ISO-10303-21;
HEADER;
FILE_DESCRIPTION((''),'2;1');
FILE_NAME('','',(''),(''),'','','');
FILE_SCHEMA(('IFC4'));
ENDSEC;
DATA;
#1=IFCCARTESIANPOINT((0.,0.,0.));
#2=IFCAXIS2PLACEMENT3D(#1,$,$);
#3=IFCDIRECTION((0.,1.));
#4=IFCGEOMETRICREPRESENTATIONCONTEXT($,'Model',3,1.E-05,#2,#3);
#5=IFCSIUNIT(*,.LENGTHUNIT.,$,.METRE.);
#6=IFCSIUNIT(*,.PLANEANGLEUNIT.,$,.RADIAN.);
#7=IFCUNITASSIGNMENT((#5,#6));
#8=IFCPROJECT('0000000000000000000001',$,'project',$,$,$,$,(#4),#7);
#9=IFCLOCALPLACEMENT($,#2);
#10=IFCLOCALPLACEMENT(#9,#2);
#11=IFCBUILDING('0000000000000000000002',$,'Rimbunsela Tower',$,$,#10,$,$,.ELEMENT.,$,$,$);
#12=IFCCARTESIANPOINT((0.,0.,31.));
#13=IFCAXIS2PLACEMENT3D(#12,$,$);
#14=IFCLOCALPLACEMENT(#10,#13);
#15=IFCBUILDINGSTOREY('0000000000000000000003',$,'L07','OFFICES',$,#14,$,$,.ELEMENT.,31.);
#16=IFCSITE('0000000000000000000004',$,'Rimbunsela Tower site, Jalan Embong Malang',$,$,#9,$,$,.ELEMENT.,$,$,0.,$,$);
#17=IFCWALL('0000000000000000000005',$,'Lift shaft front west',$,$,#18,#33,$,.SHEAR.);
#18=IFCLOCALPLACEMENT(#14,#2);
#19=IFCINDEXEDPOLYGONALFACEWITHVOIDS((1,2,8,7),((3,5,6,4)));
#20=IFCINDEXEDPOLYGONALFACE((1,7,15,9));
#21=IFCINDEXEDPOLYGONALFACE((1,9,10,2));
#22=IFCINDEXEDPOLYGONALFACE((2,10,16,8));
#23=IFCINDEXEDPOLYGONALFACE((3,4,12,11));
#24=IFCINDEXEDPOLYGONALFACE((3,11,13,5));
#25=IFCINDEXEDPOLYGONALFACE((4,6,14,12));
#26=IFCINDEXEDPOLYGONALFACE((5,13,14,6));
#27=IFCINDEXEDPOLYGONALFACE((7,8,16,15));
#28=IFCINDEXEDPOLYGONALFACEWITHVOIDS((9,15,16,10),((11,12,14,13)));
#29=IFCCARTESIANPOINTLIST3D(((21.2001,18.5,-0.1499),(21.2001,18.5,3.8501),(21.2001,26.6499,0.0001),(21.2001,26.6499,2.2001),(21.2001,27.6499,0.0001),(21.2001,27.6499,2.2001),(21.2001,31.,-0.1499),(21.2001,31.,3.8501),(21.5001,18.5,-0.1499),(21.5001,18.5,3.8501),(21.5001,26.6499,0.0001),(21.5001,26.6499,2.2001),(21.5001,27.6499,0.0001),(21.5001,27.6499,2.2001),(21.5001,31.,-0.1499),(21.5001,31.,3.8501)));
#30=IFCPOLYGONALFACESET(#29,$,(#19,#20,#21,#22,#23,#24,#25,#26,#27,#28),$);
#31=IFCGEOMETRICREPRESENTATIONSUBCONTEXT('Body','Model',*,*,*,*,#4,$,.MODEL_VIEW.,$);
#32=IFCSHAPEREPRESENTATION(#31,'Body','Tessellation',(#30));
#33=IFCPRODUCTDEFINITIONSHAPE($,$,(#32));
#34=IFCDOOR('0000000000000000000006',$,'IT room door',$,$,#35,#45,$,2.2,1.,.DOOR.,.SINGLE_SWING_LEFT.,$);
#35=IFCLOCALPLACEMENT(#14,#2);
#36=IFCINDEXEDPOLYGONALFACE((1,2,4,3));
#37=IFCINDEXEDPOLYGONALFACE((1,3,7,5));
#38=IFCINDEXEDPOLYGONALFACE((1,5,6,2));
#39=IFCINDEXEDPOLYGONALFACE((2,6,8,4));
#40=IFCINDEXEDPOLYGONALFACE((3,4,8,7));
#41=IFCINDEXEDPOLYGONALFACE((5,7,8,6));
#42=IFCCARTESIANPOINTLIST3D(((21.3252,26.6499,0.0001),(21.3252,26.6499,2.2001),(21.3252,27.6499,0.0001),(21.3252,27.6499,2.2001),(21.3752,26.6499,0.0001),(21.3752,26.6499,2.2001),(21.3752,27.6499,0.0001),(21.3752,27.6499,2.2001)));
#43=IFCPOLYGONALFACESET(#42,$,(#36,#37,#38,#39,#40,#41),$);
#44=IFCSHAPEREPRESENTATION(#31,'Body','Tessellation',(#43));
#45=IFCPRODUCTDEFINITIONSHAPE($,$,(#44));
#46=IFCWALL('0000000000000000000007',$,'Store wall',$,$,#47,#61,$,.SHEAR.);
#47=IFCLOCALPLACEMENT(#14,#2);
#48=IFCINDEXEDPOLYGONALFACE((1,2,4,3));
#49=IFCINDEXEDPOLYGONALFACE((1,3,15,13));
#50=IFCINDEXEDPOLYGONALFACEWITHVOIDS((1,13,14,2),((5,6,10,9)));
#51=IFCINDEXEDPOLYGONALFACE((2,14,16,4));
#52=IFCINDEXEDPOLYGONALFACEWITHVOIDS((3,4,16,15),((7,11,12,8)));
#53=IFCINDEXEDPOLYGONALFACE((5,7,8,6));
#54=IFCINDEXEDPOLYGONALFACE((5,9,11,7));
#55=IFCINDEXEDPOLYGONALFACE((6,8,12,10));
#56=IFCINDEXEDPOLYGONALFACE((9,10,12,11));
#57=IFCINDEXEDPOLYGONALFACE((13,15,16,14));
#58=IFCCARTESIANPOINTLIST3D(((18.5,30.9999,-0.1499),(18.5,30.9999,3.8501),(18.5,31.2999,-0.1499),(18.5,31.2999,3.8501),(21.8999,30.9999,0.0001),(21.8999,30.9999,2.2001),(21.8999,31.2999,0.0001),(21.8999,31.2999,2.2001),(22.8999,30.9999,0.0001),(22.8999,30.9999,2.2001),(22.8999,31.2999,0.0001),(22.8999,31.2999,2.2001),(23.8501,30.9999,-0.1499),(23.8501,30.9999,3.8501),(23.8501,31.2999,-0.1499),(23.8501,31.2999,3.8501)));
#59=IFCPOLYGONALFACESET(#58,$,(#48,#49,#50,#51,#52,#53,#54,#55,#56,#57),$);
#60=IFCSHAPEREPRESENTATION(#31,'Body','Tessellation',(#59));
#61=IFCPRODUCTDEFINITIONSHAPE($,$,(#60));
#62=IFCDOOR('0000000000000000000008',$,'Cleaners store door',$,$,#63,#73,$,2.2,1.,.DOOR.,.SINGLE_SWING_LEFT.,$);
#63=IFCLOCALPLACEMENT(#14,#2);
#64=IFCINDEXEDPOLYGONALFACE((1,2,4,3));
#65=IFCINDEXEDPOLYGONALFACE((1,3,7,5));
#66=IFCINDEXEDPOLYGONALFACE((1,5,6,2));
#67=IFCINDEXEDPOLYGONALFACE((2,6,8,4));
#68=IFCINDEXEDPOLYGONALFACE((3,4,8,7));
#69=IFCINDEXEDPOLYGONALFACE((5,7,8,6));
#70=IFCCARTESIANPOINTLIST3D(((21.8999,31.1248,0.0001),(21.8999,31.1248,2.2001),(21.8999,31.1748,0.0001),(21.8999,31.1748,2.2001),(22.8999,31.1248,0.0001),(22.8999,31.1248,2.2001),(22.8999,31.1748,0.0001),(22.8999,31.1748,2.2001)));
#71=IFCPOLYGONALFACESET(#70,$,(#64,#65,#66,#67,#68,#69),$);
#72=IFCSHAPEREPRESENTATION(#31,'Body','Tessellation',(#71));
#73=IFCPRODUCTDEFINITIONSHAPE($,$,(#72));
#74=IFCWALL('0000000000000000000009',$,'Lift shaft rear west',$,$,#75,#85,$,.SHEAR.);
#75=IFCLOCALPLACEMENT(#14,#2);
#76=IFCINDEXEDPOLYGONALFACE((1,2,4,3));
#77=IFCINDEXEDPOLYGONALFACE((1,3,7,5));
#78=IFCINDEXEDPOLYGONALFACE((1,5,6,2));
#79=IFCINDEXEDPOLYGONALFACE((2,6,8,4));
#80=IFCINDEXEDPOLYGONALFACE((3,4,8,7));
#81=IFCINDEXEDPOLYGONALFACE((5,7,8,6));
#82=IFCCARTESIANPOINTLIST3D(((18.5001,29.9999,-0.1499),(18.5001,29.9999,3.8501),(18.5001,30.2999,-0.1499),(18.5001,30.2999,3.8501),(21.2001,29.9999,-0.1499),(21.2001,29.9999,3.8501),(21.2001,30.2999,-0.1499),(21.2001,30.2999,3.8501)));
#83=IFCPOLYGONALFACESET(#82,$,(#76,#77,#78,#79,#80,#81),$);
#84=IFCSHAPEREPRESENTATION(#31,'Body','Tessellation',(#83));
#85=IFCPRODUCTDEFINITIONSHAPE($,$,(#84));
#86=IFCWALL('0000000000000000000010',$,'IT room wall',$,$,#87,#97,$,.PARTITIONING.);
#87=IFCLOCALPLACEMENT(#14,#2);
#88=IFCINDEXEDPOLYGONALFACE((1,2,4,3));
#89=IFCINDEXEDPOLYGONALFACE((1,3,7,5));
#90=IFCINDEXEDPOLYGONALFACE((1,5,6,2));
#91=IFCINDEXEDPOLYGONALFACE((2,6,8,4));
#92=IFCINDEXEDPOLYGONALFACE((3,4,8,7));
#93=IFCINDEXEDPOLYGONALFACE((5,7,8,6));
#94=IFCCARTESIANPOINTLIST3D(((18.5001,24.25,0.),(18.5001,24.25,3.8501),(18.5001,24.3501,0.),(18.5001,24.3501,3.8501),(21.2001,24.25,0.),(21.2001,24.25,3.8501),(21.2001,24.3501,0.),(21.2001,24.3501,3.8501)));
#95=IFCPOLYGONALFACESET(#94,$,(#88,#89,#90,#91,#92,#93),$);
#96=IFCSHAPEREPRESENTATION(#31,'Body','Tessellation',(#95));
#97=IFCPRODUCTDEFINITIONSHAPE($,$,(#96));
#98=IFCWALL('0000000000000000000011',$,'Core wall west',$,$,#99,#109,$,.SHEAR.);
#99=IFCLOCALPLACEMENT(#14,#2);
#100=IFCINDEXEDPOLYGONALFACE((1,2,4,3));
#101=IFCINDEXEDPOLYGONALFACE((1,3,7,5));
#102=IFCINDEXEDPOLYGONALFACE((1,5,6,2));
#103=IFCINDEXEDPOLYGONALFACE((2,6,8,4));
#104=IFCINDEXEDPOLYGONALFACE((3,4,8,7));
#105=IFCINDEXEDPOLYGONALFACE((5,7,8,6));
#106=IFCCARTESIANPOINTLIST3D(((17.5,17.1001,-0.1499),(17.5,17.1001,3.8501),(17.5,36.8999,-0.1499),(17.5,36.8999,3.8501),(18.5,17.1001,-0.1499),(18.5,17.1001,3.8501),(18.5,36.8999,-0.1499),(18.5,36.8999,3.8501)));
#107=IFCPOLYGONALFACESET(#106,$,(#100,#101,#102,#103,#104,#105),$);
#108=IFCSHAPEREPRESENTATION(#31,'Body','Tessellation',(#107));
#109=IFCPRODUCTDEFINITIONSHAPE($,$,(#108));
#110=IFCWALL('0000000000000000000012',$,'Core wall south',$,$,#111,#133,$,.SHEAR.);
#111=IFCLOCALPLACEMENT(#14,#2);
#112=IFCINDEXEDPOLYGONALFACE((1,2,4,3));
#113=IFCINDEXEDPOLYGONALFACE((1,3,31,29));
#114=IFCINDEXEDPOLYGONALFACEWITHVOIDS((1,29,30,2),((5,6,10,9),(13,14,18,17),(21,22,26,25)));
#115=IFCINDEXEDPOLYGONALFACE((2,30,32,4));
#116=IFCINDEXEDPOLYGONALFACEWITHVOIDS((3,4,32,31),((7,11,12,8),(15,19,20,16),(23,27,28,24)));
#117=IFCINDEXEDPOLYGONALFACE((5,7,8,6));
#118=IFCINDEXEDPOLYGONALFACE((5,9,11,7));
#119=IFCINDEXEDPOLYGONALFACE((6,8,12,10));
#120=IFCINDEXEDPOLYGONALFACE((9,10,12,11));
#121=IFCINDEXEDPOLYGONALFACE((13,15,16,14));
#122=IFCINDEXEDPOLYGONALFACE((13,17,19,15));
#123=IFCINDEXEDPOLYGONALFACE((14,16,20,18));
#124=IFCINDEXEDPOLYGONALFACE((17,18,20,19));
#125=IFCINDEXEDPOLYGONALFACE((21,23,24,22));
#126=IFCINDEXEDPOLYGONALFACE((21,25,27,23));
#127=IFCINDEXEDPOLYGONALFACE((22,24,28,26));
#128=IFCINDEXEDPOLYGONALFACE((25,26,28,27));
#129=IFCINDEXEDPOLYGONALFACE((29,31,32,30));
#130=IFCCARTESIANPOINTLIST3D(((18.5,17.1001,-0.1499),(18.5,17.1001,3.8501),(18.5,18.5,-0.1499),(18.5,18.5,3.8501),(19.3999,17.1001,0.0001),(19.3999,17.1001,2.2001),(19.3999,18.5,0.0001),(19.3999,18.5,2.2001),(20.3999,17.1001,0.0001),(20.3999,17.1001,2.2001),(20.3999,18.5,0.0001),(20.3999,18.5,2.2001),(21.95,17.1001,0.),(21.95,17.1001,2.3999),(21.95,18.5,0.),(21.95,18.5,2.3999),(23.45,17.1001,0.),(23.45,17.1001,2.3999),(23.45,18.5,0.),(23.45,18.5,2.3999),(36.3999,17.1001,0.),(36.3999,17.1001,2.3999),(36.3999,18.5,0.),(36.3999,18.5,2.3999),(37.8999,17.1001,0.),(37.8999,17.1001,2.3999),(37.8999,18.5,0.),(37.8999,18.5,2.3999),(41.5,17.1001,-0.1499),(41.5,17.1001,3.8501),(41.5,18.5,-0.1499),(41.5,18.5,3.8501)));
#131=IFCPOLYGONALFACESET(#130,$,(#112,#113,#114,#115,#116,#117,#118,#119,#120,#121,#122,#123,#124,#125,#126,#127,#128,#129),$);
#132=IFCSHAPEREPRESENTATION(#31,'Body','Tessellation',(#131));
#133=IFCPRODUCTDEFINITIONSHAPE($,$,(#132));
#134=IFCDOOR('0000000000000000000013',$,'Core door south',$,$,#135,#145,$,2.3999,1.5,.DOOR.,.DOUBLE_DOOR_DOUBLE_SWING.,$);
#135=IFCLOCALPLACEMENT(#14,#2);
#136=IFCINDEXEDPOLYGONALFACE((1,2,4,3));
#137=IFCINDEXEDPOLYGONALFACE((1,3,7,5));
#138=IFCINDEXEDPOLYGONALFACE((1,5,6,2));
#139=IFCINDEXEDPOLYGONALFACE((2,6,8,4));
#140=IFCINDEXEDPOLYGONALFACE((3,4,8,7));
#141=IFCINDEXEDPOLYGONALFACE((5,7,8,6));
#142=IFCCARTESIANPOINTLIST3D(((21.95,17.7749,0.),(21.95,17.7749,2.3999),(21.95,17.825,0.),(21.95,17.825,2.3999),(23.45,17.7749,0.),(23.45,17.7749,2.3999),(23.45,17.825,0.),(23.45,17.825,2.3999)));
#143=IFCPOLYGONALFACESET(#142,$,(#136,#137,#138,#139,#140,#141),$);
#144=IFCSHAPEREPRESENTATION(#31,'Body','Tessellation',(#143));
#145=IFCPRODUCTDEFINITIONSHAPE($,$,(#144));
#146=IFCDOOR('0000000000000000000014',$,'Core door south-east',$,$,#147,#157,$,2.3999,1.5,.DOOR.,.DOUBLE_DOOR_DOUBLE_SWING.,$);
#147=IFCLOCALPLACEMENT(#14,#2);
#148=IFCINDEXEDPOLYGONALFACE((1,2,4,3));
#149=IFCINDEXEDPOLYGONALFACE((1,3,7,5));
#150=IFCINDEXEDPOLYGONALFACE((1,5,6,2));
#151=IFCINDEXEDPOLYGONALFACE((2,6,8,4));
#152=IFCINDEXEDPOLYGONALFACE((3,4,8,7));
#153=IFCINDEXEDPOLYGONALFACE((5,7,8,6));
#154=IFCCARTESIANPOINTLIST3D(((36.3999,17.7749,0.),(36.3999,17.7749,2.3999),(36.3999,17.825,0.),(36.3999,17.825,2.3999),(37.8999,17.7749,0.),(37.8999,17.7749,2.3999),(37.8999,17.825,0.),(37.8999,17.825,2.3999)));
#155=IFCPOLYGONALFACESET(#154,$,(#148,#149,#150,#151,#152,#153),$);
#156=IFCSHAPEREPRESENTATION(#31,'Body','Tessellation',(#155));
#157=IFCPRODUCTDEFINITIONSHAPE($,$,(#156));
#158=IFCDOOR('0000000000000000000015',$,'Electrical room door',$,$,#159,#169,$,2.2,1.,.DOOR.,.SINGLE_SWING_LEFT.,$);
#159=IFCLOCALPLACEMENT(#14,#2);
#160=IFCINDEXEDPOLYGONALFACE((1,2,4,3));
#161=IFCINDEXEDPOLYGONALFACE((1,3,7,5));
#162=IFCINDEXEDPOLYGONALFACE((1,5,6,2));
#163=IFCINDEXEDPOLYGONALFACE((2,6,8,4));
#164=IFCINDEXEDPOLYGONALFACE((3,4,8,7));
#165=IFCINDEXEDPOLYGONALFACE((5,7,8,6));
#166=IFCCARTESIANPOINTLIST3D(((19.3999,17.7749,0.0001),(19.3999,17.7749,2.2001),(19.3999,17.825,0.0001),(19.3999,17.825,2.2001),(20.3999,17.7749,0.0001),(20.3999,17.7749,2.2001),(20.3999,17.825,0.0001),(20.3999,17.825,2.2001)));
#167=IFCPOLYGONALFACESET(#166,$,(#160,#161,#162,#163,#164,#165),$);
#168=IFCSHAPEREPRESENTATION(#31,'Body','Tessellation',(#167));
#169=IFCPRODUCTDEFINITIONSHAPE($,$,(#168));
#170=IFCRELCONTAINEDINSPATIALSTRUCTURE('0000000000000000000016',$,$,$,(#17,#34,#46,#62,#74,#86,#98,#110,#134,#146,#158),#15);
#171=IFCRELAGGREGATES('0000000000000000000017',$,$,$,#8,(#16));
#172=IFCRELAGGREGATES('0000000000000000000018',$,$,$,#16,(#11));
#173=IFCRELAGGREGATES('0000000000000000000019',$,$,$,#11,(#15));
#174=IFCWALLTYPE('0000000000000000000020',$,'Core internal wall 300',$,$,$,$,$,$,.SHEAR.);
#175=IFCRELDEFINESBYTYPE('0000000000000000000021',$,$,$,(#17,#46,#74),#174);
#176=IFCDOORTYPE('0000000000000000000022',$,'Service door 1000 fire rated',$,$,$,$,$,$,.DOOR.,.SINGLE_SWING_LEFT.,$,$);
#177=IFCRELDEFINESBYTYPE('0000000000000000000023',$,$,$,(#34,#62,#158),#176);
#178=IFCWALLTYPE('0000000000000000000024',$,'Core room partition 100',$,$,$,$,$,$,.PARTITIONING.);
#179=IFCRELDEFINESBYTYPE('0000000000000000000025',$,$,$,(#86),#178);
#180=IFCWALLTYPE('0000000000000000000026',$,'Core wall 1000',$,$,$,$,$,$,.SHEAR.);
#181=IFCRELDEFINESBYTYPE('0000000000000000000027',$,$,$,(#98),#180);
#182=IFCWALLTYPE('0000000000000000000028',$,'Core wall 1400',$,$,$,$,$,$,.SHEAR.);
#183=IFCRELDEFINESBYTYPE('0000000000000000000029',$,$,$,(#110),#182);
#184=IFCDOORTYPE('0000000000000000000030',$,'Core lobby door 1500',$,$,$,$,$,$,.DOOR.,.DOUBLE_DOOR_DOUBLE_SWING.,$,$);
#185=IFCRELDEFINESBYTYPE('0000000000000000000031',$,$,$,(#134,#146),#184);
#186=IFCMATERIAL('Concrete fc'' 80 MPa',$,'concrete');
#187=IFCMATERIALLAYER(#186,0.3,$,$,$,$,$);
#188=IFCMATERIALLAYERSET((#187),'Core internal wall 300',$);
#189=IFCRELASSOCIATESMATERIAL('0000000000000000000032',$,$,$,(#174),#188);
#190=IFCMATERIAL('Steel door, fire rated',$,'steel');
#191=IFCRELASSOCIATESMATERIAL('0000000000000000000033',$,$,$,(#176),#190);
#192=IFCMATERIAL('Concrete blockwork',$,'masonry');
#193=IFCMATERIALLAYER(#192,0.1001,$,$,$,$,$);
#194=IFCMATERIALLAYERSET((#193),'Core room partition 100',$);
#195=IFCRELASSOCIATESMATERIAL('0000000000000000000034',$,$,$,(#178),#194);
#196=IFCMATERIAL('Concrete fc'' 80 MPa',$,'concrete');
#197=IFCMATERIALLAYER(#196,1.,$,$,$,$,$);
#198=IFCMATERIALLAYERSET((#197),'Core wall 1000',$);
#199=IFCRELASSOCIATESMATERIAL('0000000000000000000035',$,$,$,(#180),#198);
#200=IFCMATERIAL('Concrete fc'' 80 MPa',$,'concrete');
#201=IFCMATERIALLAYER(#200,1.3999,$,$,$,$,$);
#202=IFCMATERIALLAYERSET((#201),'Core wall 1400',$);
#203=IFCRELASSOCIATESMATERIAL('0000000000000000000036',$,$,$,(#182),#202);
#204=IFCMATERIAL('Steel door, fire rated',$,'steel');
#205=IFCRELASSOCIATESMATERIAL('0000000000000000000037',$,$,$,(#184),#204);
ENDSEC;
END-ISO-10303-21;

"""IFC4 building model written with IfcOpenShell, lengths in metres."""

from ifc_helpers import new_model, si_unit, direction, frame, frame_2d, origin, place, context, subcontext, project, spatial, rectangle, extrude, material, layer, layer_set, type_object, element, fill, save


model = new_model("IFC4")

# Units and contexts
model_context = context("Model", 3, precision=1e-05, world=origin(), true_north=direction((0.0, 1.0)))
body_context = subcontext(model_context, "Body", "Model", "MODEL_VIEW")
ifc_project = project(units=[si_unit("LENGTHUNIT", "METRE"), si_unit("PLANEANGLEUNIT", "RADIAN")], contexts=[model_context])

# Site, building, storey
site_placement = place(None, origin())
site = spatial("IfcSite", under=ifc_project, at=site_placement, Name="Rimbunsela Tower site, Jalan Embong Malang", CompositionType="ELEMENT", RefElevation=0.0)
building_placement = place(site_placement, origin())
building = spatial("IfcBuilding", under=site, at=building_placement, Name="Rimbunsela Tower", CompositionType="ELEMENT")
storey_placement = place(building_placement, frame((0.0, 0.0, 31.0)))
storey = spatial("IfcBuildingStorey", under=building, at=storey_placement, Name="L07", Description="OFFICES", CompositionType="ELEMENT", Elevation=31.0)

# Walls, openings, doors
ifc_material_1 = material(Name="Concrete fc' 80 MPa", Category="concrete")
ifc_layer_1 = layer(ifc_material_1, 0.3)
ifc_layer_set_1 = layer_set([ifc_layer_1], Name="Core internal wall 300")
wall_type_1 = type_object("IfcWallType", Name="Core internal wall 300", PredefinedType="SHEAR", material=ifc_layer_set_1)
wall_1_placement = place(storey_placement, frame((21.3501, 18.5, -0.1499), z_axis=(0.0, 0.0, 1.0), x_axis=(0.0, 1.0, 0.0)))
wall_1 = element("IfcWall", 1, at=wall_1_placement, inside=storey, type_object=wall_type_1, Name="Lift shaft front west", PredefinedType="SHEAR", context=body_context, shape_type="SweptSolid", body=[
    extrude(rectangle(XDim=12.5, YDim=0.3, at=frame_2d((6.25, 0.0))), origin(), (0.0, 0.0, 1.0), 4.0),
])
opening_1_placement = place(wall_1_placement, frame((8.1499, 0.0, 0.1499)))
opening_1 = element("IfcOpeningElement", 2, at=opening_1_placement, cuts=wall_1, PredefinedType="OPENING", context=body_context, shape_type="SweptSolid", body=[
    extrude(rectangle(XDim=1.0, YDim=2.2, at=frame_2d((0.5, 1.1001))), frame((0.0, 0.1599, 0.0), z_axis=(0.0, -1.0, 0.0), x_axis=(1.0, 0.0, 0.0)), (0.0, 0.0, 1.0), 0.3201),
])
ifc_material_2 = material(Name="Steel door, fire rated", Category="steel")
door_type_1 = type_object("IfcDoorType", Name="Service door 1000 fire rated", OperationType="SINGLE_SWING_LEFT", PredefinedType="DOOR", material=ifc_material_2)
door_1_placement = place(opening_1_placement, origin())
door_1 = element("IfcDoor", 3, at=door_1_placement, inside=storey, type_object=door_type_1, Name="IT room door", OperationType="SINGLE_SWING_LEFT", OverallHeight=2.2, OverallWidth=1.0, PredefinedType="DOOR", context=body_context, shape_type="SweptSolid", body=[
    extrude(rectangle(XDim=1.0, YDim=2.2, at=frame_2d((0.5, 1.1001))), frame((0.0, 0.0249, 0.0), z_axis=(0.0, -1.0, 0.0), x_axis=(1.0, 0.0, 0.0)), (0.0, 0.0, 1.0), 0.05),
])
fill(opening_1, door_1)
wall_2_placement = place(storey_placement, frame((18.5, 31.1499, -0.1499), z_axis=(0.0, 0.0, 1.0), x_axis=(1.0, 0.0, 0.0)))
wall_2 = element("IfcWall", 4, at=wall_2_placement, inside=storey, type_object=wall_type_1, Name="Store wall", PredefinedType="SHEAR", context=body_context, shape_type="SweptSolid", body=[
    extrude(rectangle(XDim=5.3501, YDim=0.3, at=frame_2d((2.675, 0.0))), origin(), (0.0, 0.0, 1.0), 4.0),
])
opening_2_placement = place(wall_2_placement, frame((3.3999, 0.0, 0.1499)))
opening_2 = element("IfcOpeningElement", 5, at=opening_2_placement, cuts=wall_2, PredefinedType="OPENING", context=body_context, shape_type="SweptSolid", body=[
    extrude(rectangle(XDim=1.0, YDim=2.2, at=frame_2d((0.5, 1.1001))), frame((0.0, 0.1599, 0.0), z_axis=(0.0, -1.0, 0.0), x_axis=(1.0, 0.0, 0.0)), (0.0, 0.0, 1.0), 0.3201),
])
door_2_placement = place(opening_2_placement, origin())
door_2 = element("IfcDoor", 6, at=door_2_placement, inside=storey, type_object=door_type_1, Name="Cleaners store door", OperationType="SINGLE_SWING_LEFT", OverallHeight=2.2, OverallWidth=1.0, PredefinedType="DOOR", context=body_context, shape_type="SweptSolid", body=[
    extrude(rectangle(XDim=1.0, YDim=2.2, at=frame_2d((0.5, 1.1001))), frame((0.0, 0.0249, 0.0), z_axis=(0.0, -1.0, 0.0), x_axis=(1.0, 0.0, 0.0)), (0.0, 0.0, 1.0), 0.05),
])
fill(opening_2, door_2)

# Walls
wall_3_placement = place(storey_placement, frame((18.5, 30.1499, -0.1499), z_axis=(0.0, 0.0, 1.0), x_axis=(1.0, 0.0, 0.0)))
element("IfcWall", 7, at=wall_3_placement, inside=storey, type_object=wall_type_1, Name="Lift shaft rear west", PredefinedType="SHEAR", context=body_context, shape_type="SweptSolid", body=[
    extrude(rectangle(XDim=2.7, YDim=0.3, at=frame_2d((1.3501, 0.0))), origin(), (0.0, 0.0, 1.0), 4.0),
])
ifc_material_3 = material(Name="Concrete blockwork", Category="masonry")
ifc_layer_2 = layer(ifc_material_3, 0.1001)
ifc_layer_set_2 = layer_set([ifc_layer_2], Name="Core room partition 100")
wall_type_2 = type_object("IfcWallType", Name="Core room partition 100", PredefinedType="PARTITIONING", material=ifc_layer_set_2)
wall_4_placement = place(storey_placement, frame((18.5, 24.3, 0.0), z_axis=(0.0, 0.0, 1.0), x_axis=(1.0, 0.0, 0.0)))
element("IfcWall", 8, at=wall_4_placement, inside=storey, type_object=wall_type_2, Name="IT room wall", PredefinedType="PARTITIONING", context=body_context, shape_type="SweptSolid", body=[
    extrude(rectangle(XDim=2.7, YDim=0.1001, at=frame_2d((1.3501, 0.0))), origin(), (0.0, 0.0, 1.0), 3.8501),
])
ifc_material_4 = material(Name="Concrete fc' 80 MPa", Category="concrete")
ifc_layer_3 = layer(ifc_material_4, 1.0)
ifc_layer_set_3 = layer_set([ifc_layer_3], Name="Core wall 1000")
wall_type_3 = type_object("IfcWallType", Name="Core wall 1000", PredefinedType="SHEAR", material=ifc_layer_set_3)
wall_5_placement = place(storey_placement, frame((18.0, 17.1001, -0.1499), z_axis=(0.0, 0.0, 1.0), x_axis=(0.0, 1.0, 0.0)))
element("IfcWall", 9, at=wall_5_placement, inside=storey, type_object=wall_type_3, Name="Core wall west", PredefinedType="SHEAR", context=body_context, shape_type="SweptSolid", body=[
    extrude(rectangle(XDim=19.7998, YDim=1.0, at=frame_2d((9.8999, 0.0))), origin(), (0.0, 0.0, 1.0), 4.0),
])

# Wall, openings, doors
ifc_material_5 = material(Name="Concrete fc' 80 MPa", Category="concrete")
ifc_layer_4 = layer(ifc_material_5, 1.3999)
ifc_layer_set_4 = layer_set([ifc_layer_4], Name="Core wall 1400")
wall_type_4 = type_object("IfcWallType", Name="Core wall 1400", PredefinedType="SHEAR", material=ifc_layer_set_4)
wall_6_placement = place(storey_placement, frame((18.5, 17.8, -0.1499), z_axis=(0.0, 0.0, 1.0), x_axis=(1.0, 0.0, 0.0)))
wall_6 = element("IfcWall", 10, at=wall_6_placement, inside=storey, type_object=wall_type_4, Name="Core wall south", PredefinedType="SHEAR", context=body_context, shape_type="SweptSolid", body=[
    extrude(rectangle(XDim=23.0, YDim=1.3999, at=frame_2d((11.5, 0.0))), origin(), (0.0, 0.0, 1.0), 4.0),
])
opening_3_placement = place(wall_6_placement, frame((3.45, 0.0, 0.1499)))
opening_3 = element("IfcOpeningElement", 11, at=opening_3_placement, cuts=wall_6, PredefinedType="OPENING", context=body_context, shape_type="SweptSolid", body=[
    extrude(rectangle(XDim=1.5, YDim=2.3999, at=frame_2d((0.75, 1.2))), frame((0.0, 0.71, 0.0), z_axis=(0.0, -1.0, 0.0), x_axis=(1.0, 0.0, 0.0)), (0.0, 0.0, 1.0), 1.4199),
])
opening_4_placement = place(wall_6_placement, frame((17.8999, 0.0, 0.1499)))
opening_4 = element("IfcOpeningElement", 12, at=opening_4_placement, cuts=wall_6, PredefinedType="OPENING", context=body_context, shape_type="SweptSolid", body=[
    extrude(rectangle(XDim=1.5, YDim=2.3999, at=frame_2d((0.75, 1.2))), frame((0.0, 0.71, 0.0), z_axis=(0.0, -1.0, 0.0), x_axis=(1.0, 0.0, 0.0)), (0.0, 0.0, 1.0), 1.4199),
])
opening_5_placement = place(wall_6_placement, frame((0.8999, 0.0, 0.1499)))
opening_5 = element("IfcOpeningElement", 13, at=opening_5_placement, cuts=wall_6, PredefinedType="OPENING", context=body_context, shape_type="SweptSolid", body=[
    extrude(rectangle(XDim=1.0, YDim=2.2, at=frame_2d((0.5, 1.1001))), frame((0.0, 0.71, 0.0), z_axis=(0.0, -1.0, 0.0), x_axis=(1.0, 0.0, 0.0)), (0.0, 0.0, 1.0), 1.4199),
])
ifc_material_6 = material(Name="Steel door, fire rated", Category="steel")
door_type_2 = type_object("IfcDoorType", Name="Core lobby door 1500", OperationType="DOUBLE_DOOR_DOUBLE_SWING", PredefinedType="DOOR", material=ifc_material_6)
door_3_placement = place(opening_3_placement, origin())
door_3 = element("IfcDoor", 14, at=door_3_placement, inside=storey, type_object=door_type_2, Name="Core door south", OperationType="DOUBLE_DOOR_DOUBLE_SWING", OverallHeight=2.3999, OverallWidth=1.5, PredefinedType="DOOR", context=body_context, shape_type="SweptSolid", body=[
    extrude(rectangle(XDim=1.5, YDim=2.3999, at=frame_2d((0.75, 1.2))), frame((0.0, 0.0249, 0.0), z_axis=(0.0, -1.0, 0.0), x_axis=(1.0, 0.0, 0.0)), (0.0, 0.0, 1.0), 0.05),
])
fill(opening_3, door_3)
door_4_placement = place(opening_4_placement, origin())
door_4 = element("IfcDoor", 15, at=door_4_placement, inside=storey, type_object=door_type_2, Name="Core door south-east", OperationType="DOUBLE_DOOR_DOUBLE_SWING", OverallHeight=2.3999, OverallWidth=1.5, PredefinedType="DOOR", context=body_context, shape_type="SweptSolid", body=[
    extrude(rectangle(XDim=1.5, YDim=2.3999, at=frame_2d((0.75, 1.2))), frame((0.0, 0.0249, 0.0), z_axis=(0.0, -1.0, 0.0), x_axis=(1.0, 0.0, 0.0)), (0.0, 0.0, 1.0), 0.05),
])
fill(opening_4, door_4)
door_5_placement = place(opening_5_placement, origin())
door_5 = element("IfcDoor", 16, at=door_5_placement, inside=storey, type_object=door_type_1, Name="Electrical room door", OperationType="SINGLE_SWING_LEFT", OverallHeight=2.2, OverallWidth=1.0, PredefinedType="DOOR", context=body_context, shape_type="SweptSolid", body=[
    extrude(rectangle(XDim=1.0, YDim=2.2, at=frame_2d((0.5, 1.1001))), frame((0.0, 0.0249, 0.0), z_axis=(0.0, -1.0, 0.0), x_axis=(1.0, 0.0, 0.0)), (0.0, 0.0, 1.0), 0.05),
])
fill(opening_5, door_5)

save(model, "model.ifc")
